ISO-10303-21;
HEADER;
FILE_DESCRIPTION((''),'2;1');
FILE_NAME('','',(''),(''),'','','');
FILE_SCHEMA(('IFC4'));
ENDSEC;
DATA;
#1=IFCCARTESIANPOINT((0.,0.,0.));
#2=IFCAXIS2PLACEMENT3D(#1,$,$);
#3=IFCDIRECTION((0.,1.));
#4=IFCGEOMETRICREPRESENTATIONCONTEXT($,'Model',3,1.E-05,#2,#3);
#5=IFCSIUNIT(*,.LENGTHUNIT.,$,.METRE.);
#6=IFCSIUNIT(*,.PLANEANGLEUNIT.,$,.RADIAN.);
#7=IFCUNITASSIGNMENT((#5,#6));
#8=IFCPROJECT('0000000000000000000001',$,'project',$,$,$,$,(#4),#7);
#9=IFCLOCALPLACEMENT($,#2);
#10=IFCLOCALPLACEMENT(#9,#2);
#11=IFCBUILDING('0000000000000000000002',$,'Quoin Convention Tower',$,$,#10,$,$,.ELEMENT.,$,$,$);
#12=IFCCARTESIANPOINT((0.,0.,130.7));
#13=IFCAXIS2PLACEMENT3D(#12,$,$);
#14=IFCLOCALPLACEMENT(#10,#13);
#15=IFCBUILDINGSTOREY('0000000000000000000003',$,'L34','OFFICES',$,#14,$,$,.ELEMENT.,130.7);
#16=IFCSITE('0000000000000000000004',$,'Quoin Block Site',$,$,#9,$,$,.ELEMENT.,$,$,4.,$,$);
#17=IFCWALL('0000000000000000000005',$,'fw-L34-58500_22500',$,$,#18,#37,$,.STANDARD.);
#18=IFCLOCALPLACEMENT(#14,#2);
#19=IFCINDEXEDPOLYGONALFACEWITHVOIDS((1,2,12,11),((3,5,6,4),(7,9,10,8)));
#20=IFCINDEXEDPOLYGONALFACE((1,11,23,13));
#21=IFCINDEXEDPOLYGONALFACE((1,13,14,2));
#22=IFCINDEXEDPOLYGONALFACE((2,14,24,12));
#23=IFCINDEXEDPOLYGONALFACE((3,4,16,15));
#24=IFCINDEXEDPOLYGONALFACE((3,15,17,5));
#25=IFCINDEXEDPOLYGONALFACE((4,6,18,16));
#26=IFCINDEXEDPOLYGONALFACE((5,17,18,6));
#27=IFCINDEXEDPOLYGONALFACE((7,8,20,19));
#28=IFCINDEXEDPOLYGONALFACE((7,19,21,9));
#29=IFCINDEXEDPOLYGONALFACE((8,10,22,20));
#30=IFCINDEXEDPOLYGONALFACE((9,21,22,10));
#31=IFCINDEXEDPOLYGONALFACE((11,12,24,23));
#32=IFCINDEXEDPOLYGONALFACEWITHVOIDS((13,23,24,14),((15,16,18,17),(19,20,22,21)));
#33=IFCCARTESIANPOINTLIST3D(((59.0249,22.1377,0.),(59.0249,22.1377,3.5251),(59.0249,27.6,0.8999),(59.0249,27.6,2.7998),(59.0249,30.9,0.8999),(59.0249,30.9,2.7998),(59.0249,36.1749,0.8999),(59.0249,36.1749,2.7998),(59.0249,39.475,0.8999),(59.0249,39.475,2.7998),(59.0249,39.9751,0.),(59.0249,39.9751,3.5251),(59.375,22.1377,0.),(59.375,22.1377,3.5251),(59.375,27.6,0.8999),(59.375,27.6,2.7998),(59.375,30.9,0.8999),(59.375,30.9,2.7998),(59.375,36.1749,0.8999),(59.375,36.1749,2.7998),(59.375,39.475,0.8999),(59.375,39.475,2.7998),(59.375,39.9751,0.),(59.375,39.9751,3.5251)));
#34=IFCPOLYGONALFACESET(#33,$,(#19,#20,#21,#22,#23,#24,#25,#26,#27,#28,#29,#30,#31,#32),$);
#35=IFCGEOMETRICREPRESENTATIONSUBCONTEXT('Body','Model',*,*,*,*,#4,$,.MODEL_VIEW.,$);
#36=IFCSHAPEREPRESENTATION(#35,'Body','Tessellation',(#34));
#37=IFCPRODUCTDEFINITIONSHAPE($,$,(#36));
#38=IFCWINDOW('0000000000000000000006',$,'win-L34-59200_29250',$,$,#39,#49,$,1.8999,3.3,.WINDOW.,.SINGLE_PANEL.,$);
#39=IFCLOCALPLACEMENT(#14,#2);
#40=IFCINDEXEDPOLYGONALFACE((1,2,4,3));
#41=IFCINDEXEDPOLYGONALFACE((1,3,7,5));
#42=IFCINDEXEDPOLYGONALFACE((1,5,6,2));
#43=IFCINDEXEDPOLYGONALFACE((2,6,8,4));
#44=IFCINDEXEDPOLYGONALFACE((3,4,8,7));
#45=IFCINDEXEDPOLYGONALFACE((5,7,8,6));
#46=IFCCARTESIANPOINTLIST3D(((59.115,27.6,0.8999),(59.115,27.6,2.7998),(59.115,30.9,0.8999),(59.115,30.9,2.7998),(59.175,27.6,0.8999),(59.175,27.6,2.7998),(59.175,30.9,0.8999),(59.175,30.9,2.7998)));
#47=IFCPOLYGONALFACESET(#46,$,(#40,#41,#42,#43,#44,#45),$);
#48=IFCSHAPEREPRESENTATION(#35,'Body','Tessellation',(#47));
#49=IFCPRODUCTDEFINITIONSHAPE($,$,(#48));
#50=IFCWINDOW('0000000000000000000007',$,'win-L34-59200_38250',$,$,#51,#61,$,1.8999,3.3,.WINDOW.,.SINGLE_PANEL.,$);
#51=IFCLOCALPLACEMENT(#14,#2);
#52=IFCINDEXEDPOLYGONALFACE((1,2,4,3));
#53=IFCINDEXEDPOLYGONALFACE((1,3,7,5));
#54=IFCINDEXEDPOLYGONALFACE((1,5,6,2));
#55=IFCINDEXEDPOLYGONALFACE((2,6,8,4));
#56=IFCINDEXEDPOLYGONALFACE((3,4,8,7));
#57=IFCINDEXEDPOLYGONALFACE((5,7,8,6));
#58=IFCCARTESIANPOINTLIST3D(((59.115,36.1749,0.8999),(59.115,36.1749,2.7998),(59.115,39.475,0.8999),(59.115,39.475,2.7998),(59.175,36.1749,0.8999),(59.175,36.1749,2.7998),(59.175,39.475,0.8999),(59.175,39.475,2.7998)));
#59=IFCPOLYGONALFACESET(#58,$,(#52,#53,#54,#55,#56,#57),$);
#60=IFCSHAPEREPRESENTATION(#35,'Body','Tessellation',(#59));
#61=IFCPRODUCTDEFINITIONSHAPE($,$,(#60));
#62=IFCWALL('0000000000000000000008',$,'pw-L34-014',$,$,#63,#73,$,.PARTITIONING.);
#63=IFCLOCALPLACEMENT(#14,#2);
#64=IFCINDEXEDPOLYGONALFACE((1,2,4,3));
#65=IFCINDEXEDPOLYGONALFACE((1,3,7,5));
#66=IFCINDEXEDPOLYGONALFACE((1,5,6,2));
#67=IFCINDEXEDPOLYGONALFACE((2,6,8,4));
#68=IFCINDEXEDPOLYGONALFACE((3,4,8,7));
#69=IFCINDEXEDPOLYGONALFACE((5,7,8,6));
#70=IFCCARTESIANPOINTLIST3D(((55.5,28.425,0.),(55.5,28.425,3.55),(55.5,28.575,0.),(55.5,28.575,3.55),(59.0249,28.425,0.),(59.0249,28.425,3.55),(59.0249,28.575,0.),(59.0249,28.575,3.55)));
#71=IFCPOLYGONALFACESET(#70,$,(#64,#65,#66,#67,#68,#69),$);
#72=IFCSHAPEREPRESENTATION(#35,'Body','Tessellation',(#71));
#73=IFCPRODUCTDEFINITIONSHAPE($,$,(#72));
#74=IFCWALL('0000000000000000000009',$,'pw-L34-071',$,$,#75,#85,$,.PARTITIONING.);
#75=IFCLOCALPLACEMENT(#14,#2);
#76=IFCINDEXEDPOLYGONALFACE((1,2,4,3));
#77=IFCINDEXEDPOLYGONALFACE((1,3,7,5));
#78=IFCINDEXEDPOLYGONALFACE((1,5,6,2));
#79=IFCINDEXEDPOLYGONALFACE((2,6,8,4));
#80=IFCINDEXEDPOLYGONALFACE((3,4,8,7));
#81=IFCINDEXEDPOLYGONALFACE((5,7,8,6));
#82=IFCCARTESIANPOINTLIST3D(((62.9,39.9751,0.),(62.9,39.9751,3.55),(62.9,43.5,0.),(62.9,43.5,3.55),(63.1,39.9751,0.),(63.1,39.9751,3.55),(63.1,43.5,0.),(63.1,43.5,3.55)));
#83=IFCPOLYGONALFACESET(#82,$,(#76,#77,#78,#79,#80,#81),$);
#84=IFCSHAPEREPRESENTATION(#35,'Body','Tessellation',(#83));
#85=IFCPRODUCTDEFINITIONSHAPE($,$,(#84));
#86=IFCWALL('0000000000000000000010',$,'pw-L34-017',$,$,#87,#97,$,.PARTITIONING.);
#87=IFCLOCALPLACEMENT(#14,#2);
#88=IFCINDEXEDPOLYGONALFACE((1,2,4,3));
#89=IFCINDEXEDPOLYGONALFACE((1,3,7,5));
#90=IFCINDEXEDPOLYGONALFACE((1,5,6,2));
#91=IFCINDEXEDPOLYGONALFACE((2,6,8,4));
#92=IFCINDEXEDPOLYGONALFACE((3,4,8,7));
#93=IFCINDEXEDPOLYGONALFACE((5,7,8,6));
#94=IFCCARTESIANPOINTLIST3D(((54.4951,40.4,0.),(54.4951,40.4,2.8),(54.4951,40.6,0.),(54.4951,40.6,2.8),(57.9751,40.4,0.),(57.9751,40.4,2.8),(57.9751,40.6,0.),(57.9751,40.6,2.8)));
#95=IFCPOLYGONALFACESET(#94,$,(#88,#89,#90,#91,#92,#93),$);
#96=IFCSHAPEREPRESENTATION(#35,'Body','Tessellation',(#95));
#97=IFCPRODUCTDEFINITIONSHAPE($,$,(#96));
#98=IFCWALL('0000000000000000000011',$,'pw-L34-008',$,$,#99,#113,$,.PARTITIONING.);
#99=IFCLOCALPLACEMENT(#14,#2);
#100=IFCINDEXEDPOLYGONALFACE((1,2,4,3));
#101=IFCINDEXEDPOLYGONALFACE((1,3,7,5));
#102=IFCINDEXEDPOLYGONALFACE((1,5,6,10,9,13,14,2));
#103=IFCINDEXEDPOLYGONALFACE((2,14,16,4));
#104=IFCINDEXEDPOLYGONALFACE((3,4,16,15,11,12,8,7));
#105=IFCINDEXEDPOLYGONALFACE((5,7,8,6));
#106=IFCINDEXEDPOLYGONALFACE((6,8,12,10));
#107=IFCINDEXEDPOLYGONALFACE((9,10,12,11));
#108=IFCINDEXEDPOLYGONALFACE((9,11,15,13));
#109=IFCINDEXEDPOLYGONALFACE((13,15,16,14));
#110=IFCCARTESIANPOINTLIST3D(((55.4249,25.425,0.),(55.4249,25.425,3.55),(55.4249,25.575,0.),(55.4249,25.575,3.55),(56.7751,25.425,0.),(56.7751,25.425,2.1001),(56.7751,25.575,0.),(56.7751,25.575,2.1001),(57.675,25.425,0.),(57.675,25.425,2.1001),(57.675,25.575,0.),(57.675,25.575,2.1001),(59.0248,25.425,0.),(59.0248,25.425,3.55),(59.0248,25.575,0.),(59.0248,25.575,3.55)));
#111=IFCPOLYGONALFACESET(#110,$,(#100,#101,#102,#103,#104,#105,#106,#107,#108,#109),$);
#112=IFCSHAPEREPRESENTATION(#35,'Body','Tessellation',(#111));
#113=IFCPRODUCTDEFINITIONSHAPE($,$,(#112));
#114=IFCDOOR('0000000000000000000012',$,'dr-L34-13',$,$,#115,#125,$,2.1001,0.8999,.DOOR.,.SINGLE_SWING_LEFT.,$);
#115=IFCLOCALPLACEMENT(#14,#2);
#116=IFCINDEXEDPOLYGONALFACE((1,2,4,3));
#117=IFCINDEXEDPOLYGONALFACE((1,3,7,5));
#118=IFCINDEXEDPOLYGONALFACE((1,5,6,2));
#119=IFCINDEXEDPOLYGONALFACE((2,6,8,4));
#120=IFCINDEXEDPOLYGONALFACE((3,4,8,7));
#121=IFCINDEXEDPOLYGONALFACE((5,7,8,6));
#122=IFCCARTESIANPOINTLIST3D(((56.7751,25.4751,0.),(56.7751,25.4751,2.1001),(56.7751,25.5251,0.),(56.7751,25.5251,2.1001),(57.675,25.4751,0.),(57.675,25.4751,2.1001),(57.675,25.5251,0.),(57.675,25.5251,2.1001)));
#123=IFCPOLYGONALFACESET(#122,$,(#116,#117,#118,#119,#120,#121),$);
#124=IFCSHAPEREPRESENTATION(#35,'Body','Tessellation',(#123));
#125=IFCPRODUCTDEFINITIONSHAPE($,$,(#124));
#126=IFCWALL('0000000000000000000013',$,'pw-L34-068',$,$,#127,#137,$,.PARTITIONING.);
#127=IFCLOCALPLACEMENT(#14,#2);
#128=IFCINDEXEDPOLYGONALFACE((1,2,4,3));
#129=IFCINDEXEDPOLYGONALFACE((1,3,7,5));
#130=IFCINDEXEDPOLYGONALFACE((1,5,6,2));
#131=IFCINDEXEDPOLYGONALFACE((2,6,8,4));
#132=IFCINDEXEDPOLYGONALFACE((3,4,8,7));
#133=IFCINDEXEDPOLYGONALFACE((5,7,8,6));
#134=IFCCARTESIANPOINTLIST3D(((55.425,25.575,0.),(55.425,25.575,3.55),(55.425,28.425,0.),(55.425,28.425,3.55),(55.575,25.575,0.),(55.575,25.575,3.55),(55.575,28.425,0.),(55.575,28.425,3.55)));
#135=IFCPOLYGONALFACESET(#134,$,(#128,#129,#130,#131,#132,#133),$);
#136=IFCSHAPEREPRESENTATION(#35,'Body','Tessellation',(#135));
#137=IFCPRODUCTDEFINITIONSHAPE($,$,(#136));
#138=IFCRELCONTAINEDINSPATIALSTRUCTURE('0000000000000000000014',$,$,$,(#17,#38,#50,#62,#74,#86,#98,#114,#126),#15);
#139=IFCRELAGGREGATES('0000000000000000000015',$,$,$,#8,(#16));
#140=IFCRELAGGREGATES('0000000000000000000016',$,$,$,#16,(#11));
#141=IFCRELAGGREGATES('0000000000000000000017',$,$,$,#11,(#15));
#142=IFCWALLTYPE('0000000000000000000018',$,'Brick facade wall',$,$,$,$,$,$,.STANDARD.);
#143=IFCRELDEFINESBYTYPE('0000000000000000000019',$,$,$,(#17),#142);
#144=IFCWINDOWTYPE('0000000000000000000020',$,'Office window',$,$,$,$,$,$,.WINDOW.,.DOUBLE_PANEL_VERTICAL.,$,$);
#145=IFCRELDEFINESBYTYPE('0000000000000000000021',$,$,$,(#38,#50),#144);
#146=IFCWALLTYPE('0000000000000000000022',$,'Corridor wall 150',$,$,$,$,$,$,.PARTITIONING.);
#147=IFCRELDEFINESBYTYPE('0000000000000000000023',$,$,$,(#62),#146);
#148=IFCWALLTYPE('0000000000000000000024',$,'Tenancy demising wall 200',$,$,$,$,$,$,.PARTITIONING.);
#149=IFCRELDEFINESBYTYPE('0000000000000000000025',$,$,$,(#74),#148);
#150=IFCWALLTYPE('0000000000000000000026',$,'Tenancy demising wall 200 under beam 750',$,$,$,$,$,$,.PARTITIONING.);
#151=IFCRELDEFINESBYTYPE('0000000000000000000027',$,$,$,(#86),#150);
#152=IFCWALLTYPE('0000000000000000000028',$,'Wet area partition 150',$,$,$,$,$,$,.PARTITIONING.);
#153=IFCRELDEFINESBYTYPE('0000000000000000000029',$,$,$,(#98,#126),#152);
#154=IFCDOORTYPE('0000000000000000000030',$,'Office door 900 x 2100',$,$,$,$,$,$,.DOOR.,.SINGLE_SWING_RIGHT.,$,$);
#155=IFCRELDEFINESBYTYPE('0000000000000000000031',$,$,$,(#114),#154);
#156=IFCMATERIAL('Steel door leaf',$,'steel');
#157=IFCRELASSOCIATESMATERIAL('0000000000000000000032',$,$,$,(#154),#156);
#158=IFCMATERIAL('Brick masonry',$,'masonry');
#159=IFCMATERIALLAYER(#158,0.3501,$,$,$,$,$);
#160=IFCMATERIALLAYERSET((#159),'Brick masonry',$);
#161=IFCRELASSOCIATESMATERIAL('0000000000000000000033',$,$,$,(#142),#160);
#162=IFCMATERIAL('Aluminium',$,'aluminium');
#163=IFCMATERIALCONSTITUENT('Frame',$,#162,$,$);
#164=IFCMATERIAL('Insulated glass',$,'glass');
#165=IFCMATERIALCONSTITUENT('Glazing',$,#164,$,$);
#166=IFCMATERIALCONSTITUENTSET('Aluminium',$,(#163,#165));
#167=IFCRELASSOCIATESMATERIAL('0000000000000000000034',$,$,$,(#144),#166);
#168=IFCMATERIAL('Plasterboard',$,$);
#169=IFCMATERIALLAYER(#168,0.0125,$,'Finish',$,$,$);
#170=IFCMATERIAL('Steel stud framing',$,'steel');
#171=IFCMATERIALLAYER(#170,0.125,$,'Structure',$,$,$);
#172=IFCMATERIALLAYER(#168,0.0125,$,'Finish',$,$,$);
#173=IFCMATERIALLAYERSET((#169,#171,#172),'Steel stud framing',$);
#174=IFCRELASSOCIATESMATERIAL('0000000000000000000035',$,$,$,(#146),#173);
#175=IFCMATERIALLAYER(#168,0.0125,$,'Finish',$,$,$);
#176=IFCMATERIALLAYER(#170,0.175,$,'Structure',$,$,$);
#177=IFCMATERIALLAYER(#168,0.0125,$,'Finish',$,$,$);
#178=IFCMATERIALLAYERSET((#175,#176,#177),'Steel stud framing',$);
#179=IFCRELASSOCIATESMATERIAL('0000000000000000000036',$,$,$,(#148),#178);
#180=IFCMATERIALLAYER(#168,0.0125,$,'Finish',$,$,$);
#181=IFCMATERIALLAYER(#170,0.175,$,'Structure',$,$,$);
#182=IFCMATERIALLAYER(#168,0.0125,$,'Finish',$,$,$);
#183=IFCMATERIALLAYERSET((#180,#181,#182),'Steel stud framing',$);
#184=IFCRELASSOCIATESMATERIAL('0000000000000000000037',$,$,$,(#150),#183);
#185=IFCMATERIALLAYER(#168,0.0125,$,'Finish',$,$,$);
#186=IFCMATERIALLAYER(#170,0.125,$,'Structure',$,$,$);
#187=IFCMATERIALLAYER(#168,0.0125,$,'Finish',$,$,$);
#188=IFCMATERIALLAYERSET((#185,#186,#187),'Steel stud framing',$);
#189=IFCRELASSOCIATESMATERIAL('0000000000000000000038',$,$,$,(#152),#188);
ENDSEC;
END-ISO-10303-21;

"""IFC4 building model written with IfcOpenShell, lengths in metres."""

from ifc_helpers import new_model, si_unit, direction, frame, frame_2d, origin, place, context, subcontext, project, spatial, rectangle, extrude, material, layer, layer_set, constituent, constituent_set, type_object, element, fill, save


model = new_model("IFC4")

# Units and contexts
model_context = context("Model", 3, precision=1e-05, world=origin(), true_north=direction((0.0, 1.0)))
body_context = subcontext(model_context, "Body", "Model", "MODEL_VIEW")
ifc_project = project(units=[si_unit("LENGTHUNIT", "METRE"), si_unit("PLANEANGLEUNIT", "RADIAN")], contexts=[model_context])

# Site, building, storey
site_placement = place(None, origin())
site = spatial("IfcSite", under=ifc_project, at=site_placement, Name="Quoin Block Site", CompositionType="ELEMENT", RefElevation=4.0)
building_placement = place(site_placement, origin())
building = spatial("IfcBuilding", under=site, at=building_placement, Name="Quoin Convention Tower", CompositionType="ELEMENT")
storey_placement = place(building_placement, frame((0.0, 0.0, 130.7)))
storey = spatial("IfcBuildingStorey", under=building, at=storey_placement, Name="L34", Description="OFFICES", CompositionType="ELEMENT", Elevation=130.7)

# Shared definitions
ifc_material_1 = material(Name="Plasterboard")
ifc_material_2 = material(Name="Steel stud framing", Category="steel")
ifc_material_3 = material(Name="Steel door leaf", Category="steel")
door_type = type_object("IfcDoorType", Name="Office door 900 x 2100", OperationType="SINGLE_SWING_RIGHT", PredefinedType="DOOR", material=ifc_material_3)

# Shared definitions
ifc_material_4 = material(Name="Brick masonry", Category="masonry")
ifc_layer_1 = layer(ifc_material_4, 0.3501)
ifc_layer_set_1 = layer_set([ifc_layer_1], Name="Brick masonry")
wall_type_1 = type_object("IfcWallType", Name="Brick facade wall", PredefinedType="STANDARD", material=ifc_layer_set_1)
ifc_material_5 = material(Name="Aluminium", Category="aluminium")
ifc_constituent_1 = constituent(ifc_material_5, Name="Frame")
ifc_material_6 = material(Name="Insulated glass", Category="glass")
ifc_constituent_2 = constituent(ifc_material_6, Name="Glazing")
ifc_constituent_set = constituent_set(constituents=[ifc_constituent_1, ifc_constituent_2], Name="Aluminium")
window_type = type_object("IfcWindowType", Name="Office window", PartitioningType="DOUBLE_PANEL_VERTICAL", PredefinedType="WINDOW", material=ifc_constituent_set)

# Wall, openings, windows
wall_1_placement = place(storey_placement, frame((59.2, 22.1377, 0.0), z_axis=(0.0, 0.0, 1.0), x_axis=(0.0, 1.0, 0.0)))
wall_1 = element("IfcWall", 1, at=wall_1_placement, inside=storey, type_object=wall_type_1, Name="fw-L34-58500_22500", PredefinedType="STANDARD", context=body_context, shape_type="SweptSolid", body=[
    extrude(rectangle(XDim=17.8374, YDim=0.3501, at=frame_2d((8.9187, 0.0))), origin(), (0.0, 0.0, 1.0), 3.5251),
])
opening_1_placement = place(wall_1_placement, frame((5.4624, 0.0, 0.8999)))
opening_1 = element("IfcOpeningElement", 2, at=opening_1_placement, cuts=wall_1, PredefinedType="OPENING", context=body_context, shape_type="SweptSolid", body=[
    extrude(rectangle(XDim=3.3, YDim=1.8999, at=frame_2d((1.6499, 0.95))), frame((0.0, 0.1851, 0.0), z_axis=(0.0, -1.0, 0.0), x_axis=(1.0, 0.0, 0.0)), (0.0, 0.0, 1.0), 0.3701),
])
opening_2_placement = place(wall_1_placement, frame((14.0374, 0.0, 0.8999)))
opening_2 = element("IfcOpeningElement", 3, at=opening_2_placement, cuts=wall_1, PredefinedType="OPENING", context=body_context, shape_type="SweptSolid", body=[
    extrude(rectangle(XDim=3.3, YDim=1.8999, at=frame_2d((1.6499, 0.95))), frame((0.0, 0.1851, 0.0), z_axis=(0.0, -1.0, 0.0), x_axis=(1.0, 0.0, 0.0)), (0.0, 0.0, 1.0), 0.3701),
])
window_1_placement = place(opening_1_placement, origin())
window_1 = element("IfcWindow", 4, at=window_1_placement, inside=storey, type_object=window_type, Name="win-L34-59200_29250", OverallHeight=1.8999, OverallWidth=3.3, PartitioningType="SINGLE_PANEL", PredefinedType="WINDOW", context=body_context, shape_type="SweptSolid", body=[
    extrude(rectangle(XDim=3.3, YDim=1.8999, at=frame_2d((1.6499, 0.95))), frame((0.0, 0.085, 0.0), z_axis=(0.0, -1.0, 0.0), x_axis=(1.0, 0.0, 0.0)), (0.0, 0.0, 1.0), 0.0601),
])
fill(opening_1, window_1)
window_2_placement = place(opening_2_placement, origin())
window_2 = element("IfcWindow", 5, at=window_2_placement, inside=storey, type_object=window_type, Name="win-L34-59200_38250", OverallHeight=1.8999, OverallWidth=3.3, PartitioningType="SINGLE_PANEL", PredefinedType="WINDOW", context=body_context, shape_type="SweptSolid", body=[
    extrude(rectangle(XDim=3.3, YDim=1.8999, at=frame_2d((1.6499, 0.95))), frame((0.0, 0.085, 0.0), z_axis=(0.0, -1.0, 0.0), x_axis=(1.0, 0.0, 0.0)), (0.0, 0.0, 1.0), 0.0601),
])
fill(opening_2, window_2)

# Walls
ifc_layer_2 = layer(ifc_material_1, 0.0125, Name="Finish")
ifc_layer_3 = layer(ifc_material_2, 0.125, Name="Structure")
ifc_layer_4 = layer(ifc_material_1, 0.0125, Name="Finish")
ifc_layer_set_2 = layer_set([ifc_layer_2, ifc_layer_3, ifc_layer_4], Name="Steel stud framing")
wall_type_2 = type_object("IfcWallType", Name="Corridor wall 150", PredefinedType="PARTITIONING", material=ifc_layer_set_2)
wall_2_placement = place(storey_placement, frame((55.5, 28.5, 0.0), z_axis=(0.0, 0.0, 1.0), x_axis=(1.0, 0.0, 0.0)))
element("IfcWall", 6, at=wall_2_placement, inside=storey, type_object=wall_type_2, Name="pw-L34-014", PredefinedType="PARTITIONING", context=body_context, shape_type="SweptSolid", body=[
    extrude(rectangle(XDim=3.5249, YDim=0.1499, at=frame_2d((1.7625, 0.0))), origin(), (0.0, 0.0, 1.0), 3.55),
])
ifc_layer_5 = layer(ifc_material_1, 0.0125, Name="Finish")
ifc_layer_6 = layer(ifc_material_2, 0.175, Name="Structure")
ifc_layer_7 = layer(ifc_material_1, 0.0125, Name="Finish")
ifc_layer_set_3 = layer_set([ifc_layer_5, ifc_layer_6, ifc_layer_7], Name="Steel stud framing")
wall_type_3 = type_object("IfcWallType", Name="Tenancy demising wall 200", PredefinedType="PARTITIONING", material=ifc_layer_set_3)
wall_3_placement = place(storey_placement, frame((63.0, 39.9751, 0.0), z_axis=(0.0, 0.0, 1.0), x_axis=(0.0, 1.0, 0.0)))
element("IfcWall", 7, at=wall_3_placement, inside=storey, type_object=wall_type_3, Name="pw-L34-071", PredefinedType="PARTITIONING", context=body_context, shape_type="SweptSolid", body=[
    extrude(rectangle(XDim=3.5249, YDim=0.2, at=frame_2d((1.7625, 0.0))), origin(), (0.0, 0.0, 1.0), 3.55),
])
ifc_layer_8 = layer(ifc_material_1, 0.0125, Name="Finish")
ifc_layer_9 = layer(ifc_material_2, 0.175, Name="Structure")
ifc_layer_10 = layer(ifc_material_1, 0.0125, Name="Finish")
ifc_layer_set_4 = layer_set([ifc_layer_8, ifc_layer_9, ifc_layer_10], Name="Steel stud framing")
wall_type_4 = type_object("IfcWallType", Name="Tenancy demising wall 200 under beam 750", PredefinedType="PARTITIONING", material=ifc_layer_set_4)
wall_4_placement = place(storey_placement, frame((54.4951, 40.5, 0.0), z_axis=(0.0, 0.0, 1.0), x_axis=(1.0, 0.0, 0.0)))
element("IfcWall", 8, at=wall_4_placement, inside=storey, type_object=wall_type_4, Name="pw-L34-017", PredefinedType="PARTITIONING", context=body_context, shape_type="SweptSolid", body=[
    extrude(rectangle(XDim=3.48, YDim=0.2, at=frame_2d((1.74, 0.0))), origin(), (0.0, 0.0, 1.0), 2.8),
])

# Wall, opening, door
ifc_layer_11 = layer(ifc_material_1, 0.0125, Name="Finish")
ifc_layer_12 = layer(ifc_material_2, 0.125, Name="Structure")
ifc_layer_13 = layer(ifc_material_1, 0.0125, Name="Finish")
ifc_layer_set_5 = layer_set([ifc_layer_11, ifc_layer_12, ifc_layer_13], Name="Steel stud framing")
wall_type_5 = type_object("IfcWallType", Name="Wet area partition 150", PredefinedType="PARTITIONING", material=ifc_layer_set_5)
wall_5_placement = place(storey_placement, frame((55.425, 25.5, 0.0), z_axis=(0.0, 0.0, 1.0), x_axis=(1.0, 0.0, 0.0)))
wall_5 = element("IfcWall", 9, at=wall_5_placement, inside=storey, type_object=wall_type_5, Name="pw-L34-008", PredefinedType="PARTITIONING", context=body_context, shape_type="SweptSolid", body=[
    extrude(rectangle(XDim=3.5999, YDim=0.1499, at=frame_2d((1.7998, 0.0))), origin(), (0.0, 0.0, 1.0), 3.55),
])
opening_3_placement = place(wall_5_placement, frame((1.3501, 0.0, 0.0)))
opening_3 = element("IfcOpeningElement", 10, at=opening_3_placement, cuts=wall_5, PredefinedType="OPENING", context=body_context, shape_type="SweptSolid", body=[
    extrude(rectangle(XDim=0.8999, YDim=2.1001, at=frame_2d((0.45, 1.05))), frame((0.0, 0.085, 0.0), z_axis=(0.0, -1.0, 0.0), x_axis=(1.0, 0.0, 0.0)), (0.0, 0.0, 1.0), 0.1699),
])
door_1_placement = place(opening_3_placement, frame((0.8999, 0.0, 0.0), z_axis=(0.0, 0.0, 1.0), x_axis=(-1.0, 0.0, 0.0)))
door_1 = element("IfcDoor", 11, at=door_1_placement, inside=storey, type_object=door_type, Name="dr-L34-13", OperationType="SINGLE_SWING_LEFT", OverallHeight=2.1001, OverallWidth=0.8999, PredefinedType="DOOR", context=body_context, shape_type="SweptSolid", body=[
    extrude(rectangle(XDim=0.8999, YDim=2.1001, at=frame_2d((0.45, 1.05))), frame((0.0, 0.0249, 0.0), z_axis=(0.0, -1.0, 0.0), x_axis=(1.0, 0.0, 0.0)), (0.0, 0.0, 1.0), 0.05),
])
fill(opening_3, door_1)

# Wall
wall_6_placement = place(storey_placement, frame((55.5, 25.575, 0.0), z_axis=(0.0, 0.0, 1.0), x_axis=(0.0, 1.0, 0.0)))
element("IfcWall", 12, at=wall_6_placement, inside=storey, type_object=wall_type_5, Name="pw-L34-068", PredefinedType="PARTITIONING", context=body_context, shape_type="SweptSolid", body=[
    extrude(rectangle(XDim=2.8501, YDim=0.1499, at=frame_2d((1.425, 0.0))), origin(), (0.0, 0.0, 1.0), 3.55),
])

save(model, "model.ifc")
